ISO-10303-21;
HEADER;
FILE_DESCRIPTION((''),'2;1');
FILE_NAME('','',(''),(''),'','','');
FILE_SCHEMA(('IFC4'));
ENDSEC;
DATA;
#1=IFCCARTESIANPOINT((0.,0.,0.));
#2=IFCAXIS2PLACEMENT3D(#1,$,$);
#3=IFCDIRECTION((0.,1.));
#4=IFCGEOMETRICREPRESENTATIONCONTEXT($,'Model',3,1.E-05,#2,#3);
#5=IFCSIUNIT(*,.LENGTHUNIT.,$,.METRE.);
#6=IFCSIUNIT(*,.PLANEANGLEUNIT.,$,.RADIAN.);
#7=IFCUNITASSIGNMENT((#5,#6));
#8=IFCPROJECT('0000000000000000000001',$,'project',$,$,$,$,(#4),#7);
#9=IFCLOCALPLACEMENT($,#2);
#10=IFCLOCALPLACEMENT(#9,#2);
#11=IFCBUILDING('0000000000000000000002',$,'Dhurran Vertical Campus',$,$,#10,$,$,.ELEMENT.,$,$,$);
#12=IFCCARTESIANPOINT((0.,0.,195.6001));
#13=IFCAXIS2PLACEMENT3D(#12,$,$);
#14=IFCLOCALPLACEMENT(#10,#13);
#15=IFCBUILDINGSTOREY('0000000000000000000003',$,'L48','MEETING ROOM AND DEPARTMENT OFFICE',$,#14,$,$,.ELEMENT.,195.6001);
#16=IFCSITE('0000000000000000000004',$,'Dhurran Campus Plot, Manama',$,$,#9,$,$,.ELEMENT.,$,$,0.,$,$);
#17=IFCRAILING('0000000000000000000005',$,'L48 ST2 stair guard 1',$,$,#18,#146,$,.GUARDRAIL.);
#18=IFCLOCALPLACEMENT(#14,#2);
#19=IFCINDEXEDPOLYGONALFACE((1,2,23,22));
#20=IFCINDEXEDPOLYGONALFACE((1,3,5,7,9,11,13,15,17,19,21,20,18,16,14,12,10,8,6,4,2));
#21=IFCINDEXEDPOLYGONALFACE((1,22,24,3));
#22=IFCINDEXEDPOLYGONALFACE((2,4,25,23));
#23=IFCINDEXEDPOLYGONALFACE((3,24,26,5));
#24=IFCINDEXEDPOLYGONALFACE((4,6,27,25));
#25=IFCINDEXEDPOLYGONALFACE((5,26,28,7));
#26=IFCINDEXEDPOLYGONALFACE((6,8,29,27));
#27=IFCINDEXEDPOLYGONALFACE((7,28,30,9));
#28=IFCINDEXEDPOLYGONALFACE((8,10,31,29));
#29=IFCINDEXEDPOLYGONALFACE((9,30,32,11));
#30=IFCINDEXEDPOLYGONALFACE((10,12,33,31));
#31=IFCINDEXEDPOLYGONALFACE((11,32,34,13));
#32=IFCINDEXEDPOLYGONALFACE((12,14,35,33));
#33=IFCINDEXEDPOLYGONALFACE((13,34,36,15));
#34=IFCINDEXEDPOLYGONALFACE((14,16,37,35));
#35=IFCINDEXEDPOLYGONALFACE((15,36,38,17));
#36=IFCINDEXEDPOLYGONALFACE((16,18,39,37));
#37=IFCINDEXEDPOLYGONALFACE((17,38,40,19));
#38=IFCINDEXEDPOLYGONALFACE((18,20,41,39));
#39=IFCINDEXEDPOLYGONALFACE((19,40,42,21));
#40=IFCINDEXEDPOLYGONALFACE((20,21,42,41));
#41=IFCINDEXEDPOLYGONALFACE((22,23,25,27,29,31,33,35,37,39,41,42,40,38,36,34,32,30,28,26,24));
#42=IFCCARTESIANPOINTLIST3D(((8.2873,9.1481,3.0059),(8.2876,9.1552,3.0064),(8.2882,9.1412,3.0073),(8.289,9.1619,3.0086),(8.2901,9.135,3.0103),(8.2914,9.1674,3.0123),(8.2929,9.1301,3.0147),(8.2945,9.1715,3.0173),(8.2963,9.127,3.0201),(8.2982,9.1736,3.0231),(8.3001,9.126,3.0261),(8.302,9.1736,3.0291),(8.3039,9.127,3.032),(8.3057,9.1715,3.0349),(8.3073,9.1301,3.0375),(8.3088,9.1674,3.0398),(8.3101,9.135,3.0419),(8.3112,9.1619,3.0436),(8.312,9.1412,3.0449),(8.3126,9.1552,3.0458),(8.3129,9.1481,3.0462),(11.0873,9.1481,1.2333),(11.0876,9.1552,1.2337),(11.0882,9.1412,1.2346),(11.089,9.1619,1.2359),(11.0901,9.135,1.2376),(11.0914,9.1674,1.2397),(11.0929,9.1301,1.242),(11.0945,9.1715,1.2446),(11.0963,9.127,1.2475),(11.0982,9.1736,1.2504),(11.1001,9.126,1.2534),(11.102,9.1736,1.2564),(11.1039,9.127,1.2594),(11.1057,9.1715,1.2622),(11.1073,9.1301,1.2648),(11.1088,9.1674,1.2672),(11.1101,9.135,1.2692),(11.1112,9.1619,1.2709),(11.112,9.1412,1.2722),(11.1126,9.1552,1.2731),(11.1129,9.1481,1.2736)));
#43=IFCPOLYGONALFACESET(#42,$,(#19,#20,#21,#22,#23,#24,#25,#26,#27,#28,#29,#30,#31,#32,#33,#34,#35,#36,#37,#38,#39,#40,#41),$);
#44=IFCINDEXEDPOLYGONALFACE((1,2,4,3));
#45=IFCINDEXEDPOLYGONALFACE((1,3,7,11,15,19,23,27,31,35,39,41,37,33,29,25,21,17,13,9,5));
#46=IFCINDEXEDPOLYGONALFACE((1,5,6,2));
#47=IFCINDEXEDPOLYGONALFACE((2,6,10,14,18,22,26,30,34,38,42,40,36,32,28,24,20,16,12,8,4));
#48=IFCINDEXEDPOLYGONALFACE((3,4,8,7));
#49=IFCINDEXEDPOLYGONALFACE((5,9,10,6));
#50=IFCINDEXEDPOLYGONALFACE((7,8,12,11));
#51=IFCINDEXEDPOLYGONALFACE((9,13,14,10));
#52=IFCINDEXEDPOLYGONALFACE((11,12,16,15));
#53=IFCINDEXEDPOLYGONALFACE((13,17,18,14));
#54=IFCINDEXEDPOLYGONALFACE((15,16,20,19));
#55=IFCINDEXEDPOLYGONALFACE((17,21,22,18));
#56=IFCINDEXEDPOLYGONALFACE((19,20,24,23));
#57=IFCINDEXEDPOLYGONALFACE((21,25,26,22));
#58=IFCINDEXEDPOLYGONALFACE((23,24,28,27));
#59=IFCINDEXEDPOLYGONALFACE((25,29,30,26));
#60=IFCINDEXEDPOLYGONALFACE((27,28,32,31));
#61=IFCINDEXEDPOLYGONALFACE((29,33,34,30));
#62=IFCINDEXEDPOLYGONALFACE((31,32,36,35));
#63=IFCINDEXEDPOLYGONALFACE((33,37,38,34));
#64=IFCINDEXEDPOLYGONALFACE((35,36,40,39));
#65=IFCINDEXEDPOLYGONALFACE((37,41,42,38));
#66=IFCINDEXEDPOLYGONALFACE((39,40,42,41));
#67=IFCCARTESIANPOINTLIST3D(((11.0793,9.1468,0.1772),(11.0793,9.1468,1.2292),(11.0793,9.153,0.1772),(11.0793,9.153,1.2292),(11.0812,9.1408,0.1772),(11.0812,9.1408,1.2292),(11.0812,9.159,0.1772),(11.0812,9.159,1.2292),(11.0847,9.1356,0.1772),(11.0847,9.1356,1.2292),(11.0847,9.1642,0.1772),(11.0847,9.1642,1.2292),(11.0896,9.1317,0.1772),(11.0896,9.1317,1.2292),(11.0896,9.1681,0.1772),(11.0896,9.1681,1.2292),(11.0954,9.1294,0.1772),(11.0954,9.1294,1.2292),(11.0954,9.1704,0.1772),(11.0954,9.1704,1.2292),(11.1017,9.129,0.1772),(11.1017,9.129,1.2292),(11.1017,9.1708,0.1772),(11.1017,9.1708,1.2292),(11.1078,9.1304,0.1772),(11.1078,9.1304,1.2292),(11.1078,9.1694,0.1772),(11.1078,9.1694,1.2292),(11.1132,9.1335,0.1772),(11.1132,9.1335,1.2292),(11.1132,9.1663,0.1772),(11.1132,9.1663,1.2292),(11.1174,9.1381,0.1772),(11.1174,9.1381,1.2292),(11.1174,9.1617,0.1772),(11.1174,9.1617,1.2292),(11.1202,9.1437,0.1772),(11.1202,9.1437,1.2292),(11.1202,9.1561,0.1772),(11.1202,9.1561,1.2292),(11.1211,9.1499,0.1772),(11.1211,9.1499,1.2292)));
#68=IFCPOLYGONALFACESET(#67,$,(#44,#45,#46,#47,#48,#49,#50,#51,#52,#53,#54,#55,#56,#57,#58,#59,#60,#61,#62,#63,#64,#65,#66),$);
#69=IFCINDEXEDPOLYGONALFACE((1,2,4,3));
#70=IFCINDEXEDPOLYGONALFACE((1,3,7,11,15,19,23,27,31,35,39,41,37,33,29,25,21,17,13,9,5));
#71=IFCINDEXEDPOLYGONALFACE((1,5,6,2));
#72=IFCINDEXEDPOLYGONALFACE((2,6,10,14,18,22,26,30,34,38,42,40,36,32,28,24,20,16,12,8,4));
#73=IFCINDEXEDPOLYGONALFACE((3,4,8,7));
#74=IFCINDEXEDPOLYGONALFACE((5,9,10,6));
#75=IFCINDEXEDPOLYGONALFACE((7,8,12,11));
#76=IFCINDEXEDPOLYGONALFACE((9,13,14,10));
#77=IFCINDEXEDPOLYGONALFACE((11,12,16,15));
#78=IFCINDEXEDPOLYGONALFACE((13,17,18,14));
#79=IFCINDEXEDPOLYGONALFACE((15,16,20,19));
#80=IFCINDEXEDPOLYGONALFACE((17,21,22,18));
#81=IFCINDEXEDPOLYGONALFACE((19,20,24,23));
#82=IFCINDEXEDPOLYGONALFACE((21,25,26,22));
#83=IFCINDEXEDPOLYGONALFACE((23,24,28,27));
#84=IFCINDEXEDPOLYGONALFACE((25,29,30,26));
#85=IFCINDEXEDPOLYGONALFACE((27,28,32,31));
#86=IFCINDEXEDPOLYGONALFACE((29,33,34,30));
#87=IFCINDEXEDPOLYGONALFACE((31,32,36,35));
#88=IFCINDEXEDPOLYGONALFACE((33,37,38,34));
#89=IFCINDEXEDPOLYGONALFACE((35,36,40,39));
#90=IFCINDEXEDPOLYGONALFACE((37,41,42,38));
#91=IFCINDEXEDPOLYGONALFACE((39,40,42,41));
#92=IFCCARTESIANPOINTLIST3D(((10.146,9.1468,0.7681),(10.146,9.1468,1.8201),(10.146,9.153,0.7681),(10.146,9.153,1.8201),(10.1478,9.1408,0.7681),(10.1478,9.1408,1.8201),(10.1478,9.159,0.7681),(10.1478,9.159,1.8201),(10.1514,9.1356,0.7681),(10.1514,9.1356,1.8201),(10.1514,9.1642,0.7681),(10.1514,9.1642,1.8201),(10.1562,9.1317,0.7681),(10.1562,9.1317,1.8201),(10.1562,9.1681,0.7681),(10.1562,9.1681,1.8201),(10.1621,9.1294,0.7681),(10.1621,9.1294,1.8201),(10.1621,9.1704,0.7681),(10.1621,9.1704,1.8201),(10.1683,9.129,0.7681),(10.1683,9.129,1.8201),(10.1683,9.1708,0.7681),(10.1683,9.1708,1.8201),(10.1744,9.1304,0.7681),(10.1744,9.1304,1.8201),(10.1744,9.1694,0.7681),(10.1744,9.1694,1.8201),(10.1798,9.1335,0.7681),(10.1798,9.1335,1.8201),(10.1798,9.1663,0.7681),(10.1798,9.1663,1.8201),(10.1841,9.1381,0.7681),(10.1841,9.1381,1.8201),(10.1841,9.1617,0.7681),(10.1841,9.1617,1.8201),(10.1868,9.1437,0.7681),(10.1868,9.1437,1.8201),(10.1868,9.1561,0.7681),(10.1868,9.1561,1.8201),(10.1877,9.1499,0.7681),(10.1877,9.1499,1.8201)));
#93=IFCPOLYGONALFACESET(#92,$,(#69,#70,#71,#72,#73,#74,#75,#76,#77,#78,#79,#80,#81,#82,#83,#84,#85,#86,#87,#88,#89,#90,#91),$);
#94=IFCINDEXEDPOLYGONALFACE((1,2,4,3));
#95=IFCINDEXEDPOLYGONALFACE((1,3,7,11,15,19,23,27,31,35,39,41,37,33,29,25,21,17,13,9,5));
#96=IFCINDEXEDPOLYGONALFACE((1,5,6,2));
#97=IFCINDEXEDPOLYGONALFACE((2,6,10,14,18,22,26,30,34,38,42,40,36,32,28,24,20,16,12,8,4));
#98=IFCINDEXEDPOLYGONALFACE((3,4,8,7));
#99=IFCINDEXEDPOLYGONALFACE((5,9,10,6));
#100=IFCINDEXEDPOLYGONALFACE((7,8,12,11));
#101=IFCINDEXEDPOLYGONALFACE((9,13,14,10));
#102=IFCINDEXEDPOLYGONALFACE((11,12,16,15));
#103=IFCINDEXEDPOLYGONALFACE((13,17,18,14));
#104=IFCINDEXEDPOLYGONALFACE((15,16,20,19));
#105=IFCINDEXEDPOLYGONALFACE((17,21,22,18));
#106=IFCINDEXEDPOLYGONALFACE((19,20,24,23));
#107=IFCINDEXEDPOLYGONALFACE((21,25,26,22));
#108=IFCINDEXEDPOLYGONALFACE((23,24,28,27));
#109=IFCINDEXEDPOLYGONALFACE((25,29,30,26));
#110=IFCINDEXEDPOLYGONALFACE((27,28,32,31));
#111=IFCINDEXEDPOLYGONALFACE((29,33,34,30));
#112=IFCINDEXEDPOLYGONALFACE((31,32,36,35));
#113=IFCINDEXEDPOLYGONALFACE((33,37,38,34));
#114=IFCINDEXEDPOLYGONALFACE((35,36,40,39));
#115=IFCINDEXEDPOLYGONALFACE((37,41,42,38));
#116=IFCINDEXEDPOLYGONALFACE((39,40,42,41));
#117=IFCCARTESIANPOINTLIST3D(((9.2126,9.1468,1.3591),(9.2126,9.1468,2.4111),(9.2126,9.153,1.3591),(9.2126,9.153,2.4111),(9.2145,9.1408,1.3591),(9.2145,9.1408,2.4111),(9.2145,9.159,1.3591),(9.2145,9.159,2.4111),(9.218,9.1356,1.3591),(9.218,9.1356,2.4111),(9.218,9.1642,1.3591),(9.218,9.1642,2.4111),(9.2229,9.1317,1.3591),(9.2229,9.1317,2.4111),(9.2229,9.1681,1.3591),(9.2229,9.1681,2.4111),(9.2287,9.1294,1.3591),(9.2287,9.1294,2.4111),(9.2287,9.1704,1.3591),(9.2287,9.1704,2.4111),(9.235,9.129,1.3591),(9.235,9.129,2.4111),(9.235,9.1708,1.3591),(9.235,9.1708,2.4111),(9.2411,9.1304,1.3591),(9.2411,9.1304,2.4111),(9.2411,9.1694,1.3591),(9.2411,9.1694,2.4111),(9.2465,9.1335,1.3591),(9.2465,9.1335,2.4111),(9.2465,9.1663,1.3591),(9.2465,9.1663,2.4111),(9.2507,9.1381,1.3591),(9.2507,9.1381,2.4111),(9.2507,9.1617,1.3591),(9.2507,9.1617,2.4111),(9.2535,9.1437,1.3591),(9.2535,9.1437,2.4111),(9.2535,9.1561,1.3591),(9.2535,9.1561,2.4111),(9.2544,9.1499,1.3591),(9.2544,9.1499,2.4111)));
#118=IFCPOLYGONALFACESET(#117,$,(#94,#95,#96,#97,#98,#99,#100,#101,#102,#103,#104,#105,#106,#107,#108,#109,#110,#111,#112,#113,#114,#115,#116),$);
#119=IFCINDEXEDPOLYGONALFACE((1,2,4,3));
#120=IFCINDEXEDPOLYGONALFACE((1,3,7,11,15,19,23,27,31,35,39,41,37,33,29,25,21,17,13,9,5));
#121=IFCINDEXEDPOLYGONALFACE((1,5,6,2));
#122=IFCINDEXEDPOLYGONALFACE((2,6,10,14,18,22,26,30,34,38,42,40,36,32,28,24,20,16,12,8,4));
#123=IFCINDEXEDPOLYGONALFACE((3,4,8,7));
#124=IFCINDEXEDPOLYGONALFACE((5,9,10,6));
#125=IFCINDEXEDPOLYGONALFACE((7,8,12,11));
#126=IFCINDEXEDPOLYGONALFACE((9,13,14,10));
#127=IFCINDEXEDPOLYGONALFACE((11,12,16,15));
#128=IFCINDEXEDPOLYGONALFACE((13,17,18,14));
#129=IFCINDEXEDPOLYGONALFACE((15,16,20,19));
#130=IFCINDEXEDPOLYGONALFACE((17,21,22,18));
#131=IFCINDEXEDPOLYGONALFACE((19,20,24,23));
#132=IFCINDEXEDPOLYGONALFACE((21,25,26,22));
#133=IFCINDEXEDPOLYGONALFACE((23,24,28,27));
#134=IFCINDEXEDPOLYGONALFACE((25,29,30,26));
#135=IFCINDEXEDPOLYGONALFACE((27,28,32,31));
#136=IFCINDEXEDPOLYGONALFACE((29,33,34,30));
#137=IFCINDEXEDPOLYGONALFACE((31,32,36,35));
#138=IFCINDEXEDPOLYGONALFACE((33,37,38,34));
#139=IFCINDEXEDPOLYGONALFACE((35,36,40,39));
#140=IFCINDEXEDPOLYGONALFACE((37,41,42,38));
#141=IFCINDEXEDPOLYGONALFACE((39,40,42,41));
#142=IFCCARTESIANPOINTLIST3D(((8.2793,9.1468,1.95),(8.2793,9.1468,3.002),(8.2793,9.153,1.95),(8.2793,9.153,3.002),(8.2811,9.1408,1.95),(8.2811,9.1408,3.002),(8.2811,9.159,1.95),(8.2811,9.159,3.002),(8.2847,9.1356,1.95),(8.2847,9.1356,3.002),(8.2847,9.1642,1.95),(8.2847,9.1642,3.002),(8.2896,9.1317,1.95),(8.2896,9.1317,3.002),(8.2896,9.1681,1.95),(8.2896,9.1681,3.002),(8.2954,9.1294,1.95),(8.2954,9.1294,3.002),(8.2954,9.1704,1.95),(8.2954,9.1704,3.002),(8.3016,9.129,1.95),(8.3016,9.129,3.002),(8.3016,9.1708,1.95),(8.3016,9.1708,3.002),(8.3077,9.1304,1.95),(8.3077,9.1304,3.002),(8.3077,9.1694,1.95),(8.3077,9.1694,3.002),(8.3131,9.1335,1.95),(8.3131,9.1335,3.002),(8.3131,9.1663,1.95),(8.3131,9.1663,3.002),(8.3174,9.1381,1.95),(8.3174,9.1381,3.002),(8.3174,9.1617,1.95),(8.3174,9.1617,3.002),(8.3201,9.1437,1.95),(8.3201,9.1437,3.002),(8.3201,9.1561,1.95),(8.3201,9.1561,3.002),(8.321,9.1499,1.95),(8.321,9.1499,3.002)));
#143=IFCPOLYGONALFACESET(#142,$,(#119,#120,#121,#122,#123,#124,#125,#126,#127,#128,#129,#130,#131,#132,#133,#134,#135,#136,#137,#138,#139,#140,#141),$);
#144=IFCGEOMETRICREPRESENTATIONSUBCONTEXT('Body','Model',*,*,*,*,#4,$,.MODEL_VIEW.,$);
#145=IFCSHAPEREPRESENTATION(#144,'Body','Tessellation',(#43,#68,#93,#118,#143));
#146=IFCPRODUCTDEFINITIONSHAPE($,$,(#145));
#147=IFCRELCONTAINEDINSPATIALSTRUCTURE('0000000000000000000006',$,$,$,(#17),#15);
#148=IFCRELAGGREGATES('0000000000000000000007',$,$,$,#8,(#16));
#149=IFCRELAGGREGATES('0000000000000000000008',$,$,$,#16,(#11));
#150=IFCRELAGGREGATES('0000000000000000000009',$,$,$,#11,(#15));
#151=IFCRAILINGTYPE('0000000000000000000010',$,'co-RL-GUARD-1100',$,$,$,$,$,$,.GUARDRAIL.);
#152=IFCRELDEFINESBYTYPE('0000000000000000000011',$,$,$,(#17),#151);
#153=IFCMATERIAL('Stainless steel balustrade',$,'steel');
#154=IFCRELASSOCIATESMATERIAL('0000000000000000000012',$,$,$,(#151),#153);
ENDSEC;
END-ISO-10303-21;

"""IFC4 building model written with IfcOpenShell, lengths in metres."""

from ifc_helpers import new_model, si_unit, direction, frame, origin, origin_2d, place, context, subcontext, project, spatial, circle, extrude, material, type_object, element, save


model = new_model("IFC4")

# Units and contexts
model_context = context("Model", 3, precision=1e-05, world=origin(), true_north=direction((0.0, 1.0)))
body_context = subcontext(model_context, "Body", "Model", "MODEL_VIEW")
ifc_project = project(units=[si_unit("LENGTHUNIT", "METRE"), si_unit("PLANEANGLEUNIT", "RADIAN")], contexts=[model_context])

# Site, building, storey
site_placement = place(None, origin())
site = spatial("IfcSite", under=ifc_project, at=site_placement, Name="Dhurran Campus Plot, Manama", CompositionType="ELEMENT", RefElevation=0.0)
building_placement = place(site_placement, origin())
building = spatial("IfcBuilding", under=site, at=building_placement, Name="Dhurran Vertical Campus", CompositionType="ELEMENT")
storey_placement = place(building_placement, frame((0.0, 0.0, 195.6001)))
storey = spatial("IfcBuildingStorey", under=building, at=storey_placement, Name="L48", Description="MEETING ROOM AND DEPARTMENT OFFICE", CompositionType="ELEMENT", Elevation=195.6001)

# Railing
ifc_material_1 = material(Name="Stainless steel balustrade", Category="steel")
railing_type_1 = type_object("IfcRailingType", Name="co-RL-GUARD-1100", PredefinedType="GUARDRAIL", material=ifc_material_1)
railing_1_placement = place(storey_placement, frame((11.1001, 9.1499, 0.1772)))
element("IfcRailing", 1, at=railing_1_placement, inside=storey, type_object=railing_type_1, Name="L48 ST2 stair guard 1", PredefinedType="GUARDRAIL", context=body_context, shape_type="SweptSolid", body=[
    extrude(circle(Radius=0.0239, at=origin_2d()), frame((0.0, 0.0, 1.0762), z_axis=(-0.844909, 0.0, 0.53491), x_axis=(0.0, -1.0, 0.0)), (0.0, 0.0, 1.0), 3.314),
    extrude(circle(Radius=0.021, at=origin_2d()), origin(), (0.0, 0.0, 1.0), 1.052),
    extrude(circle(Radius=0.021, at=origin_2d()), frame((-0.9333, 0.0, 0.5908)), (0.0, 0.0, 1.0), 1.052),
    extrude(circle(Radius=0.021, at=origin_2d()), frame((-1.8667, 0.0, 1.1819)), (0.0, 0.0, 1.0), 1.052),
    extrude(circle(Radius=0.021, at=origin_2d()), frame((-2.8, 0.0, 1.7727)), (0.0, 0.0, 1.0), 1.052),
])

save(model, "model.ifc")
